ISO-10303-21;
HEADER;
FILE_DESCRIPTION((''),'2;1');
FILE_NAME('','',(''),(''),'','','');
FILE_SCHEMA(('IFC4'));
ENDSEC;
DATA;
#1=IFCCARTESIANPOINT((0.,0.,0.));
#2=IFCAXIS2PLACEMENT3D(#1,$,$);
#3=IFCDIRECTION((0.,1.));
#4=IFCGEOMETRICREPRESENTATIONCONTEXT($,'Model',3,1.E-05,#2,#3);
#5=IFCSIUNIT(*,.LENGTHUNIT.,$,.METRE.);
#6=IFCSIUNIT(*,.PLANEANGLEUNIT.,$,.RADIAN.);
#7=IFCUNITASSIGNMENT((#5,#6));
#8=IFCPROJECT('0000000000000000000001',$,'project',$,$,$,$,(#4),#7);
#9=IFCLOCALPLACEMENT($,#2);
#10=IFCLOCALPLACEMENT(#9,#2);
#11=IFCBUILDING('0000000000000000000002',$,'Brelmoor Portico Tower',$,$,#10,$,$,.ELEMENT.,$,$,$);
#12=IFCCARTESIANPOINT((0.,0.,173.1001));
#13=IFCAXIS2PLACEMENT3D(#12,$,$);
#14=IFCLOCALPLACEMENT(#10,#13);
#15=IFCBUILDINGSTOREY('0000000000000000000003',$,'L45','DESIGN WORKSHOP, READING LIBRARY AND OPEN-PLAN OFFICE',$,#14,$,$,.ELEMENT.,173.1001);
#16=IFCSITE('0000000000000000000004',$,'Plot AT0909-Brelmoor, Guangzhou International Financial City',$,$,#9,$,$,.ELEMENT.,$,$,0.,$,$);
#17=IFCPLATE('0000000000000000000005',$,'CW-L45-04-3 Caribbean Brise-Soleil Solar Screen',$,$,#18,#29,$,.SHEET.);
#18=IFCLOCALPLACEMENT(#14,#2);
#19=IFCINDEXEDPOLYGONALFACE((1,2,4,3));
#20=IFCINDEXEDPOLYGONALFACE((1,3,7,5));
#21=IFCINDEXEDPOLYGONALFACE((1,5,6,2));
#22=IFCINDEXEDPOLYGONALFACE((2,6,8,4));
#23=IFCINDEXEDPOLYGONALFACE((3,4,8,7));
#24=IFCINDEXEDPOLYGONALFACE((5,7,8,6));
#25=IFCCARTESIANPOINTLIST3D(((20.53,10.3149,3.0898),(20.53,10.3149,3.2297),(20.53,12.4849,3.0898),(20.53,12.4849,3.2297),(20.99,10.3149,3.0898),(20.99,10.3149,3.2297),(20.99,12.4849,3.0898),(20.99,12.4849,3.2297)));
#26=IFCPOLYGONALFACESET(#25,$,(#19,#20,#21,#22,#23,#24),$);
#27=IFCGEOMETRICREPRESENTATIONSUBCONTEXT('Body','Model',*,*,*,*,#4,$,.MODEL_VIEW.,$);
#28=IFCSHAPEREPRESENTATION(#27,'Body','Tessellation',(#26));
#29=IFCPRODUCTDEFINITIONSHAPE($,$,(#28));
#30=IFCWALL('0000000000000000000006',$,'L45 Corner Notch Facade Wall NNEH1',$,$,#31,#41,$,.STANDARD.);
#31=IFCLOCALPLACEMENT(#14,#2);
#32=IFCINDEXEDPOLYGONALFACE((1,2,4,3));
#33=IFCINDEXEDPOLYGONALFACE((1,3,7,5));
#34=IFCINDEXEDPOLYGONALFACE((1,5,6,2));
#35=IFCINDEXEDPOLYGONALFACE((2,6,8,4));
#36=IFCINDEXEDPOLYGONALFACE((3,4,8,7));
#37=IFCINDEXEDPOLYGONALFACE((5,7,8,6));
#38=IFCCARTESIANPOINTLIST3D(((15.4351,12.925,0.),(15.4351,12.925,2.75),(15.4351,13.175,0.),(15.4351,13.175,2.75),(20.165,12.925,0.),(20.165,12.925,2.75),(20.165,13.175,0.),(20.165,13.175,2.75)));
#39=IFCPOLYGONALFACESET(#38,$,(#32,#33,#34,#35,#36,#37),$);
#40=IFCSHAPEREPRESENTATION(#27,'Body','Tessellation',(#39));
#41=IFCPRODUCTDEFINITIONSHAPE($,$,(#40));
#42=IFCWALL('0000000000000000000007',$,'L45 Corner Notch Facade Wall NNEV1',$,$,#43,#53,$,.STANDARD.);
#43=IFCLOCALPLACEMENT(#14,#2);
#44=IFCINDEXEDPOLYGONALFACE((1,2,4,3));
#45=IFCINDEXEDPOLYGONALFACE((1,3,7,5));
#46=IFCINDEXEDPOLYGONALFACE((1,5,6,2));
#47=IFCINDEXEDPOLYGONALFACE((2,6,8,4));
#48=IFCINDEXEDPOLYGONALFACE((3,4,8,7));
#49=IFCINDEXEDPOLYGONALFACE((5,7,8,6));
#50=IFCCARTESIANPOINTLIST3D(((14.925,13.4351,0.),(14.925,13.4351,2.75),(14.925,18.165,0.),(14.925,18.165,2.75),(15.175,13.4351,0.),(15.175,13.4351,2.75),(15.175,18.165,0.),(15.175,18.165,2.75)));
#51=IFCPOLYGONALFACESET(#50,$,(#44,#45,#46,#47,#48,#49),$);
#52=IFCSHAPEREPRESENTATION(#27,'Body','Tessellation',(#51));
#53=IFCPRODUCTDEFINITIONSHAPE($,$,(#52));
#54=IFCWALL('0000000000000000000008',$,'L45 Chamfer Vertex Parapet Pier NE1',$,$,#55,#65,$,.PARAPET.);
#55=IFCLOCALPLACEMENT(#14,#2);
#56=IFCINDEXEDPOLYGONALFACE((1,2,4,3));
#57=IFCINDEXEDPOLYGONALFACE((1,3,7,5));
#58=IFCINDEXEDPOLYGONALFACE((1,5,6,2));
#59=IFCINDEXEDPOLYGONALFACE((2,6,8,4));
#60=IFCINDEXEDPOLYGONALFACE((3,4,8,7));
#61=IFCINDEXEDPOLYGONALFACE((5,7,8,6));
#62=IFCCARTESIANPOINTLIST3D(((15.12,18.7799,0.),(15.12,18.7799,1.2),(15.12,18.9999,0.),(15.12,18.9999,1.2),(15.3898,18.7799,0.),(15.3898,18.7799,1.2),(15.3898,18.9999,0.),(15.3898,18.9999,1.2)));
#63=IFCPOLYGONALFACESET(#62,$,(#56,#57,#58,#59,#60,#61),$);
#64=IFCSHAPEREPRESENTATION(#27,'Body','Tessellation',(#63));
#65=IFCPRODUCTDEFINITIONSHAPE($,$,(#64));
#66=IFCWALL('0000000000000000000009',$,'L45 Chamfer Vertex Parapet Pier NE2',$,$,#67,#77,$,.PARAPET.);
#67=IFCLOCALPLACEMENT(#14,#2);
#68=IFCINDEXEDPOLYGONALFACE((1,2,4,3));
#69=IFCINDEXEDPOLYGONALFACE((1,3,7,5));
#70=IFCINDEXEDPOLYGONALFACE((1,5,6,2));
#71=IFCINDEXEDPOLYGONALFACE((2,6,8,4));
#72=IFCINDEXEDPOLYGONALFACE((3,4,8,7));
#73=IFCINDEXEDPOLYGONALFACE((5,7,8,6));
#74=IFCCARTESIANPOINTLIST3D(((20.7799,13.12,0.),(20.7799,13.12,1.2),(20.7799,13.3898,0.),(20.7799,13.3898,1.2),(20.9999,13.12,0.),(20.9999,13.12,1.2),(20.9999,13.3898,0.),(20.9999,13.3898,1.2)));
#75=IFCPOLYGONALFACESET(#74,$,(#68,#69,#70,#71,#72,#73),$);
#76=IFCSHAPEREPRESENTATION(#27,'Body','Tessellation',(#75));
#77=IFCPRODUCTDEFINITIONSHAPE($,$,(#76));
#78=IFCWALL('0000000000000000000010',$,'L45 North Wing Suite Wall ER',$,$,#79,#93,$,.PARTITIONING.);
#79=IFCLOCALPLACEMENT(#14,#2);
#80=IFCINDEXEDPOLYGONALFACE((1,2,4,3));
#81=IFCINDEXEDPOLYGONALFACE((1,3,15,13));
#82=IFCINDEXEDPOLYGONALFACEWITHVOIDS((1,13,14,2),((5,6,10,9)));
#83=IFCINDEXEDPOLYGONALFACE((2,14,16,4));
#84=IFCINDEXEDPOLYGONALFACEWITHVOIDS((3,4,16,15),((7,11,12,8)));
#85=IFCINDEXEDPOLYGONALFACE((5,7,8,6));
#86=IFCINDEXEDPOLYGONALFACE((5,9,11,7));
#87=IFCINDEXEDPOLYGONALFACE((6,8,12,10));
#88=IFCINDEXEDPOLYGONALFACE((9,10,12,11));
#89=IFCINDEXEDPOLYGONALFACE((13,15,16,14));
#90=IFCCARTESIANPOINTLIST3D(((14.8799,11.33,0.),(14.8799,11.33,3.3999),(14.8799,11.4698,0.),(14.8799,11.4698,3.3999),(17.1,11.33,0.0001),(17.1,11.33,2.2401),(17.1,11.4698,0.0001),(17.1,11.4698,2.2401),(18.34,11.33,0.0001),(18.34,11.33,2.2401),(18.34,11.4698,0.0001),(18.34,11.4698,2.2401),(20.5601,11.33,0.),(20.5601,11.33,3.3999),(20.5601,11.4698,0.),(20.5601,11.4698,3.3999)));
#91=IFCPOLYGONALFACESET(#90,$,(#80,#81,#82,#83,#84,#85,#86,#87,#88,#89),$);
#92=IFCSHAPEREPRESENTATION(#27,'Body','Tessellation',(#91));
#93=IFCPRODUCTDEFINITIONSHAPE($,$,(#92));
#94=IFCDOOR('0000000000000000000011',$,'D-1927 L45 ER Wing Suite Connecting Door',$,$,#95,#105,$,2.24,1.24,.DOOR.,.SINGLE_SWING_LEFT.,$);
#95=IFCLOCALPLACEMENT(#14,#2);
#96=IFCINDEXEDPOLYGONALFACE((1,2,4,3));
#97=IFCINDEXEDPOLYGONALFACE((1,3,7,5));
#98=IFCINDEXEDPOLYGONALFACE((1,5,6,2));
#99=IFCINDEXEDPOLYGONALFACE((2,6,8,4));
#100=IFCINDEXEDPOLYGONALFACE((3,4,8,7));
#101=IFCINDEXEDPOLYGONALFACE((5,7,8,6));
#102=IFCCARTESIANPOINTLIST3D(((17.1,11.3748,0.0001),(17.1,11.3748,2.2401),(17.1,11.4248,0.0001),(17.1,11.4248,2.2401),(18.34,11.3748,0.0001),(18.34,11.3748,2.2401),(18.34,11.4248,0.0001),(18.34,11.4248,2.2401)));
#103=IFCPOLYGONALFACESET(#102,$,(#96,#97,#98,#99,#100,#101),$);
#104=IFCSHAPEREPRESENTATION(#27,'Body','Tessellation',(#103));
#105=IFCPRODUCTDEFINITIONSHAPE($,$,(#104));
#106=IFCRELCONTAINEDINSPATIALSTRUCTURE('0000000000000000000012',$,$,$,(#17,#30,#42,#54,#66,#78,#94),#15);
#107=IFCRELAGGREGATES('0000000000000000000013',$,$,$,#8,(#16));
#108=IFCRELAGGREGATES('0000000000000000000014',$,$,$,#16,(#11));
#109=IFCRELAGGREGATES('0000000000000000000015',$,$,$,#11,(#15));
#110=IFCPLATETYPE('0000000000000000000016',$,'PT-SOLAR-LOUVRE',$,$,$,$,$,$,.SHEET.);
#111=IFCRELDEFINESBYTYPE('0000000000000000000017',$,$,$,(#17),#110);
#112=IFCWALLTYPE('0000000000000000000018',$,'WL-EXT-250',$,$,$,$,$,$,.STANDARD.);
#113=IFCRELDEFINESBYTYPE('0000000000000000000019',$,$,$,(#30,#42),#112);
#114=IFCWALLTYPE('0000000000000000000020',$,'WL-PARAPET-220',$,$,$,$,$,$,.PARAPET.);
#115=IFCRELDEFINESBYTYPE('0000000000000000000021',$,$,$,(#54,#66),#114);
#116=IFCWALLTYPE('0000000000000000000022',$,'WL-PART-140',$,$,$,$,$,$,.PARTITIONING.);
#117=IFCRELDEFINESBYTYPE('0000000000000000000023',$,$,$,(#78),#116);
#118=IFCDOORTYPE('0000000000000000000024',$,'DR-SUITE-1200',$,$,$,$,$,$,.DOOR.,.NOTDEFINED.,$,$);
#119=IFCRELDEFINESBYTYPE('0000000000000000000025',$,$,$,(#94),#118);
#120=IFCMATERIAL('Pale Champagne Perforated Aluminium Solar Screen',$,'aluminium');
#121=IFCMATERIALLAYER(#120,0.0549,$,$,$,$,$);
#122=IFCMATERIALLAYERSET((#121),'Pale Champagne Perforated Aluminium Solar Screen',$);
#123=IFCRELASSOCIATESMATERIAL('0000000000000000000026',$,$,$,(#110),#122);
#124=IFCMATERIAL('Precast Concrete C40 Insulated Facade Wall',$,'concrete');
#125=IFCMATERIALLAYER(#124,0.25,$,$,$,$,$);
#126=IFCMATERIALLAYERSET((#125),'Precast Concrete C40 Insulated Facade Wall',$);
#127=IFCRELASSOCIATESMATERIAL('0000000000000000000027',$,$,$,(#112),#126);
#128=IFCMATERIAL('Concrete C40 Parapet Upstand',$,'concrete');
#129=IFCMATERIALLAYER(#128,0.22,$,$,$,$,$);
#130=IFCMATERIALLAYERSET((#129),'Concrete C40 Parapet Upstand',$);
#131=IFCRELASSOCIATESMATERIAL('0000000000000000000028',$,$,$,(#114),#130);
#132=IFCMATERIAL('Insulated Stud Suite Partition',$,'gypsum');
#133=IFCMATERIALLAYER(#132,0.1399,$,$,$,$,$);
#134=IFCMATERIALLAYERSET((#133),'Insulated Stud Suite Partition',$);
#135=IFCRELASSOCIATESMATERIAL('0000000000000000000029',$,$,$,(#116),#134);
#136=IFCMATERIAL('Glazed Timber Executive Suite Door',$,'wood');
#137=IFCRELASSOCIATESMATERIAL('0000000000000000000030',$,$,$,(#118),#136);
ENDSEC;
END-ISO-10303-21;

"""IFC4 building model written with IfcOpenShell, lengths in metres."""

from ifc_helpers import new_model, si_unit, direction, frame, frame_2d, origin, origin_2d, place, context, subcontext, project, spatial, rectangle, extrude, material, layer, layer_set, type_object, element, fill, save


model = new_model("IFC4")

# Units and contexts
model_context = context("Model", 3, precision=1e-05, world=origin(), true_north=direction((0.0, 1.0)))
body_context = subcontext(model_context, "Body", "Model", "MODEL_VIEW")
ifc_project = project(units=[si_unit("LENGTHUNIT", "METRE"), si_unit("PLANEANGLEUNIT", "RADIAN")], contexts=[model_context])

# Site, building, storey
site_placement = place(None, origin())
site = spatial("IfcSite", under=ifc_project, at=site_placement, Name="Plot AT0909-Brelmoor, Guangzhou International Financial City", CompositionType="ELEMENT", RefElevation=0.0)
building_placement = place(site_placement, origin())
building = spatial("IfcBuilding", under=site, at=building_placement, Name="Brelmoor Portico Tower", CompositionType="ELEMENT")
storey_placement = place(building_placement, frame((0.0, 0.0, 173.1001)))
storey = spatial("IfcBuildingStorey", under=building, at=storey_placement, Name="L45", Description="DESIGN WORKSHOP, READING LIBRARY AND OPEN-PLAN OFFICE", CompositionType="ELEMENT", Elevation=173.1001)

# Plate
ifc_material_1 = material(Name="Pale Champagne Perforated Aluminium Solar Screen", Category="aluminium")
ifc_layer_1 = layer(ifc_material_1, 0.0549)
ifc_layer_set_1 = layer_set([ifc_layer_1], Name="Pale Champagne Perforated Aluminium Solar Screen")
plate_type_1 = type_object("IfcPlateType", Name="PT-SOLAR-LOUVRE", PredefinedType="SHEET", material=ifc_layer_set_1)
plate_1_placement = place(storey_placement, frame((20.76, 11.3999, 3.0898), z_axis=(0.0, 0.0, 1.0), x_axis=(0.0, 1.0, 0.0)))
element("IfcPlate", 1, at=plate_1_placement, inside=storey, type_object=plate_type_1, Name="CW-L45-04-3 Caribbean Brise-Soleil Solar Screen", PredefinedType="SHEET", context=body_context, shape_type="SweptSolid", body=[
    extrude(rectangle(XDim=2.1699, YDim=0.46, at=origin_2d()), origin(), (0.0, 0.0, 1.0), 0.1399),
])

# Walls
ifc_material_2 = material(Name="Precast Concrete C40 Insulated Facade Wall", Category="concrete")
ifc_layer_2 = layer(ifc_material_2, 0.25)
ifc_layer_set_2 = layer_set([ifc_layer_2], Name="Precast Concrete C40 Insulated Facade Wall")
wall_type_1 = type_object("IfcWallType", Name="WL-EXT-250", PredefinedType="STANDARD", material=ifc_layer_set_2)
for number, where, z_axis, x_axis, name in (
    (2, (15.4351, 13.05, 0.0), (0.0, 0.0, 1.0), (1.0, 0.0, 0.0), "L45 Corner Notch Facade Wall NNEH1"),
    (3, (15.05, 13.4351, 0.0), (0.0, 0.0, 1.0), (0.0, 1.0, 0.0), "L45 Corner Notch Facade Wall NNEV1"),
):
    element("IfcWall", number, at=place(storey_placement, frame(where, z_axis=z_axis, x_axis=x_axis)), inside=storey, type_object=wall_type_1, Name=name, PredefinedType="STANDARD", context=body_context, shape_type="SweptSolid", body=[
        extrude(rectangle(XDim=4.73, YDim=0.25, at=frame_2d((2.365, 0.0))), origin(), (0.0, 0.0, 1.0), 2.75),
    ])
ifc_material_3 = material(Name="Concrete C40 Parapet Upstand", Category="concrete")
ifc_layer_3 = layer(ifc_material_3, 0.22)
ifc_layer_set_3 = layer_set([ifc_layer_3], Name="Concrete C40 Parapet Upstand")
wall_type_2 = type_object("IfcWallType", Name="WL-PARAPET-220", PredefinedType="PARAPET", material=ifc_layer_set_3)
for number, where, z_axis, x_axis, name in (
    (4, (15.1201, 18.8899, 0.0), (0.0, 0.0, 1.0), (1.0, 0.0, 0.0), "L45 Chamfer Vertex Parapet Pier NE1"),
    (5, (20.8899, 13.1201, 0.0), (0.0, 0.0, 1.0), (0.0, 1.0, 0.0), "L45 Chamfer Vertex Parapet Pier NE2"),
):
    element("IfcWall", number, at=place(storey_placement, frame(where, z_axis=z_axis, x_axis=x_axis)), inside=storey, type_object=wall_type_2, Name=name, PredefinedType="PARAPET", context=body_context, shape_type="SweptSolid", body=[
        extrude(rectangle(XDim=0.2698, YDim=0.22, at=frame_2d((0.1348, 0.0))), origin(), (0.0, 0.0, 1.0), 1.2),
    ])

# Wall, opening, door
ifc_material_4 = material(Name="Insulated Stud Suite Partition", Category="gypsum")
ifc_layer_4 = layer(ifc_material_4, 0.1399)
ifc_layer_set_4 = layer_set([ifc_layer_4], Name="Insulated Stud Suite Partition")
wall_type_3 = type_object("IfcWallType", Name="WL-PART-140", PredefinedType="PARTITIONING", material=ifc_layer_set_4)
wall_placement = place(storey_placement, frame((14.8799, 11.3999, 0.0), z_axis=(0.0, 0.0, 1.0), x_axis=(1.0, 0.0, 0.0)))
wall = element("IfcWall", 6, at=wall_placement, inside=storey, type_object=wall_type_3, Name="L45 North Wing Suite Wall ER", PredefinedType="PARTITIONING", context=body_context, shape_type="SweptSolid", body=[
    extrude(rectangle(XDim=5.6802, YDim=0.1399, at=frame_2d((2.8401, 0.0))), origin(), (0.0, 0.0, 1.0), 3.3999),
])
opening_placement = place(wall_placement, frame((2.22, 0.0, 0.0)))
opening = element("IfcOpeningElement", 7, at=opening_placement, cuts=wall, PredefinedType="OPENING", context=body_context, shape_type="SweptSolid", body=[
    extrude(rectangle(XDim=1.24, YDim=2.24, at=frame_2d((0.6201, 1.1201))), frame((0.0, 0.0798, 0.0), z_axis=(0.0, -1.0, 0.0), x_axis=(1.0, 0.0, 0.0)), (0.0, 0.0, 1.0), 0.1599),
])
ifc_material_5 = material(Name="Glazed Timber Executive Suite Door", Category="wood")
door_type = type_object("IfcDoorType", Name="DR-SUITE-1200", OperationType="NOTDEFINED", PredefinedType="DOOR", material=ifc_material_5)
door_placement = place(opening_placement, origin())
door = element("IfcDoor", 8, at=door_placement, inside=storey, type_object=door_type, Name="D-1927 L45 ER Wing Suite Connecting Door", OperationType="SINGLE_SWING_LEFT", OverallHeight=2.24, OverallWidth=1.24, PredefinedType="DOOR", context=body_context, shape_type="SweptSolid", body=[
    extrude(rectangle(XDim=1.24, YDim=2.24, at=frame_2d((0.6201, 1.1201))), frame((0.0, 0.0249, 0.0), z_axis=(0.0, -1.0, 0.0), x_axis=(1.0, 0.0, 0.0)), (0.0, 0.0, 1.0), 0.05),
])
fill(opening, door)

save(model, "model.ifc")
